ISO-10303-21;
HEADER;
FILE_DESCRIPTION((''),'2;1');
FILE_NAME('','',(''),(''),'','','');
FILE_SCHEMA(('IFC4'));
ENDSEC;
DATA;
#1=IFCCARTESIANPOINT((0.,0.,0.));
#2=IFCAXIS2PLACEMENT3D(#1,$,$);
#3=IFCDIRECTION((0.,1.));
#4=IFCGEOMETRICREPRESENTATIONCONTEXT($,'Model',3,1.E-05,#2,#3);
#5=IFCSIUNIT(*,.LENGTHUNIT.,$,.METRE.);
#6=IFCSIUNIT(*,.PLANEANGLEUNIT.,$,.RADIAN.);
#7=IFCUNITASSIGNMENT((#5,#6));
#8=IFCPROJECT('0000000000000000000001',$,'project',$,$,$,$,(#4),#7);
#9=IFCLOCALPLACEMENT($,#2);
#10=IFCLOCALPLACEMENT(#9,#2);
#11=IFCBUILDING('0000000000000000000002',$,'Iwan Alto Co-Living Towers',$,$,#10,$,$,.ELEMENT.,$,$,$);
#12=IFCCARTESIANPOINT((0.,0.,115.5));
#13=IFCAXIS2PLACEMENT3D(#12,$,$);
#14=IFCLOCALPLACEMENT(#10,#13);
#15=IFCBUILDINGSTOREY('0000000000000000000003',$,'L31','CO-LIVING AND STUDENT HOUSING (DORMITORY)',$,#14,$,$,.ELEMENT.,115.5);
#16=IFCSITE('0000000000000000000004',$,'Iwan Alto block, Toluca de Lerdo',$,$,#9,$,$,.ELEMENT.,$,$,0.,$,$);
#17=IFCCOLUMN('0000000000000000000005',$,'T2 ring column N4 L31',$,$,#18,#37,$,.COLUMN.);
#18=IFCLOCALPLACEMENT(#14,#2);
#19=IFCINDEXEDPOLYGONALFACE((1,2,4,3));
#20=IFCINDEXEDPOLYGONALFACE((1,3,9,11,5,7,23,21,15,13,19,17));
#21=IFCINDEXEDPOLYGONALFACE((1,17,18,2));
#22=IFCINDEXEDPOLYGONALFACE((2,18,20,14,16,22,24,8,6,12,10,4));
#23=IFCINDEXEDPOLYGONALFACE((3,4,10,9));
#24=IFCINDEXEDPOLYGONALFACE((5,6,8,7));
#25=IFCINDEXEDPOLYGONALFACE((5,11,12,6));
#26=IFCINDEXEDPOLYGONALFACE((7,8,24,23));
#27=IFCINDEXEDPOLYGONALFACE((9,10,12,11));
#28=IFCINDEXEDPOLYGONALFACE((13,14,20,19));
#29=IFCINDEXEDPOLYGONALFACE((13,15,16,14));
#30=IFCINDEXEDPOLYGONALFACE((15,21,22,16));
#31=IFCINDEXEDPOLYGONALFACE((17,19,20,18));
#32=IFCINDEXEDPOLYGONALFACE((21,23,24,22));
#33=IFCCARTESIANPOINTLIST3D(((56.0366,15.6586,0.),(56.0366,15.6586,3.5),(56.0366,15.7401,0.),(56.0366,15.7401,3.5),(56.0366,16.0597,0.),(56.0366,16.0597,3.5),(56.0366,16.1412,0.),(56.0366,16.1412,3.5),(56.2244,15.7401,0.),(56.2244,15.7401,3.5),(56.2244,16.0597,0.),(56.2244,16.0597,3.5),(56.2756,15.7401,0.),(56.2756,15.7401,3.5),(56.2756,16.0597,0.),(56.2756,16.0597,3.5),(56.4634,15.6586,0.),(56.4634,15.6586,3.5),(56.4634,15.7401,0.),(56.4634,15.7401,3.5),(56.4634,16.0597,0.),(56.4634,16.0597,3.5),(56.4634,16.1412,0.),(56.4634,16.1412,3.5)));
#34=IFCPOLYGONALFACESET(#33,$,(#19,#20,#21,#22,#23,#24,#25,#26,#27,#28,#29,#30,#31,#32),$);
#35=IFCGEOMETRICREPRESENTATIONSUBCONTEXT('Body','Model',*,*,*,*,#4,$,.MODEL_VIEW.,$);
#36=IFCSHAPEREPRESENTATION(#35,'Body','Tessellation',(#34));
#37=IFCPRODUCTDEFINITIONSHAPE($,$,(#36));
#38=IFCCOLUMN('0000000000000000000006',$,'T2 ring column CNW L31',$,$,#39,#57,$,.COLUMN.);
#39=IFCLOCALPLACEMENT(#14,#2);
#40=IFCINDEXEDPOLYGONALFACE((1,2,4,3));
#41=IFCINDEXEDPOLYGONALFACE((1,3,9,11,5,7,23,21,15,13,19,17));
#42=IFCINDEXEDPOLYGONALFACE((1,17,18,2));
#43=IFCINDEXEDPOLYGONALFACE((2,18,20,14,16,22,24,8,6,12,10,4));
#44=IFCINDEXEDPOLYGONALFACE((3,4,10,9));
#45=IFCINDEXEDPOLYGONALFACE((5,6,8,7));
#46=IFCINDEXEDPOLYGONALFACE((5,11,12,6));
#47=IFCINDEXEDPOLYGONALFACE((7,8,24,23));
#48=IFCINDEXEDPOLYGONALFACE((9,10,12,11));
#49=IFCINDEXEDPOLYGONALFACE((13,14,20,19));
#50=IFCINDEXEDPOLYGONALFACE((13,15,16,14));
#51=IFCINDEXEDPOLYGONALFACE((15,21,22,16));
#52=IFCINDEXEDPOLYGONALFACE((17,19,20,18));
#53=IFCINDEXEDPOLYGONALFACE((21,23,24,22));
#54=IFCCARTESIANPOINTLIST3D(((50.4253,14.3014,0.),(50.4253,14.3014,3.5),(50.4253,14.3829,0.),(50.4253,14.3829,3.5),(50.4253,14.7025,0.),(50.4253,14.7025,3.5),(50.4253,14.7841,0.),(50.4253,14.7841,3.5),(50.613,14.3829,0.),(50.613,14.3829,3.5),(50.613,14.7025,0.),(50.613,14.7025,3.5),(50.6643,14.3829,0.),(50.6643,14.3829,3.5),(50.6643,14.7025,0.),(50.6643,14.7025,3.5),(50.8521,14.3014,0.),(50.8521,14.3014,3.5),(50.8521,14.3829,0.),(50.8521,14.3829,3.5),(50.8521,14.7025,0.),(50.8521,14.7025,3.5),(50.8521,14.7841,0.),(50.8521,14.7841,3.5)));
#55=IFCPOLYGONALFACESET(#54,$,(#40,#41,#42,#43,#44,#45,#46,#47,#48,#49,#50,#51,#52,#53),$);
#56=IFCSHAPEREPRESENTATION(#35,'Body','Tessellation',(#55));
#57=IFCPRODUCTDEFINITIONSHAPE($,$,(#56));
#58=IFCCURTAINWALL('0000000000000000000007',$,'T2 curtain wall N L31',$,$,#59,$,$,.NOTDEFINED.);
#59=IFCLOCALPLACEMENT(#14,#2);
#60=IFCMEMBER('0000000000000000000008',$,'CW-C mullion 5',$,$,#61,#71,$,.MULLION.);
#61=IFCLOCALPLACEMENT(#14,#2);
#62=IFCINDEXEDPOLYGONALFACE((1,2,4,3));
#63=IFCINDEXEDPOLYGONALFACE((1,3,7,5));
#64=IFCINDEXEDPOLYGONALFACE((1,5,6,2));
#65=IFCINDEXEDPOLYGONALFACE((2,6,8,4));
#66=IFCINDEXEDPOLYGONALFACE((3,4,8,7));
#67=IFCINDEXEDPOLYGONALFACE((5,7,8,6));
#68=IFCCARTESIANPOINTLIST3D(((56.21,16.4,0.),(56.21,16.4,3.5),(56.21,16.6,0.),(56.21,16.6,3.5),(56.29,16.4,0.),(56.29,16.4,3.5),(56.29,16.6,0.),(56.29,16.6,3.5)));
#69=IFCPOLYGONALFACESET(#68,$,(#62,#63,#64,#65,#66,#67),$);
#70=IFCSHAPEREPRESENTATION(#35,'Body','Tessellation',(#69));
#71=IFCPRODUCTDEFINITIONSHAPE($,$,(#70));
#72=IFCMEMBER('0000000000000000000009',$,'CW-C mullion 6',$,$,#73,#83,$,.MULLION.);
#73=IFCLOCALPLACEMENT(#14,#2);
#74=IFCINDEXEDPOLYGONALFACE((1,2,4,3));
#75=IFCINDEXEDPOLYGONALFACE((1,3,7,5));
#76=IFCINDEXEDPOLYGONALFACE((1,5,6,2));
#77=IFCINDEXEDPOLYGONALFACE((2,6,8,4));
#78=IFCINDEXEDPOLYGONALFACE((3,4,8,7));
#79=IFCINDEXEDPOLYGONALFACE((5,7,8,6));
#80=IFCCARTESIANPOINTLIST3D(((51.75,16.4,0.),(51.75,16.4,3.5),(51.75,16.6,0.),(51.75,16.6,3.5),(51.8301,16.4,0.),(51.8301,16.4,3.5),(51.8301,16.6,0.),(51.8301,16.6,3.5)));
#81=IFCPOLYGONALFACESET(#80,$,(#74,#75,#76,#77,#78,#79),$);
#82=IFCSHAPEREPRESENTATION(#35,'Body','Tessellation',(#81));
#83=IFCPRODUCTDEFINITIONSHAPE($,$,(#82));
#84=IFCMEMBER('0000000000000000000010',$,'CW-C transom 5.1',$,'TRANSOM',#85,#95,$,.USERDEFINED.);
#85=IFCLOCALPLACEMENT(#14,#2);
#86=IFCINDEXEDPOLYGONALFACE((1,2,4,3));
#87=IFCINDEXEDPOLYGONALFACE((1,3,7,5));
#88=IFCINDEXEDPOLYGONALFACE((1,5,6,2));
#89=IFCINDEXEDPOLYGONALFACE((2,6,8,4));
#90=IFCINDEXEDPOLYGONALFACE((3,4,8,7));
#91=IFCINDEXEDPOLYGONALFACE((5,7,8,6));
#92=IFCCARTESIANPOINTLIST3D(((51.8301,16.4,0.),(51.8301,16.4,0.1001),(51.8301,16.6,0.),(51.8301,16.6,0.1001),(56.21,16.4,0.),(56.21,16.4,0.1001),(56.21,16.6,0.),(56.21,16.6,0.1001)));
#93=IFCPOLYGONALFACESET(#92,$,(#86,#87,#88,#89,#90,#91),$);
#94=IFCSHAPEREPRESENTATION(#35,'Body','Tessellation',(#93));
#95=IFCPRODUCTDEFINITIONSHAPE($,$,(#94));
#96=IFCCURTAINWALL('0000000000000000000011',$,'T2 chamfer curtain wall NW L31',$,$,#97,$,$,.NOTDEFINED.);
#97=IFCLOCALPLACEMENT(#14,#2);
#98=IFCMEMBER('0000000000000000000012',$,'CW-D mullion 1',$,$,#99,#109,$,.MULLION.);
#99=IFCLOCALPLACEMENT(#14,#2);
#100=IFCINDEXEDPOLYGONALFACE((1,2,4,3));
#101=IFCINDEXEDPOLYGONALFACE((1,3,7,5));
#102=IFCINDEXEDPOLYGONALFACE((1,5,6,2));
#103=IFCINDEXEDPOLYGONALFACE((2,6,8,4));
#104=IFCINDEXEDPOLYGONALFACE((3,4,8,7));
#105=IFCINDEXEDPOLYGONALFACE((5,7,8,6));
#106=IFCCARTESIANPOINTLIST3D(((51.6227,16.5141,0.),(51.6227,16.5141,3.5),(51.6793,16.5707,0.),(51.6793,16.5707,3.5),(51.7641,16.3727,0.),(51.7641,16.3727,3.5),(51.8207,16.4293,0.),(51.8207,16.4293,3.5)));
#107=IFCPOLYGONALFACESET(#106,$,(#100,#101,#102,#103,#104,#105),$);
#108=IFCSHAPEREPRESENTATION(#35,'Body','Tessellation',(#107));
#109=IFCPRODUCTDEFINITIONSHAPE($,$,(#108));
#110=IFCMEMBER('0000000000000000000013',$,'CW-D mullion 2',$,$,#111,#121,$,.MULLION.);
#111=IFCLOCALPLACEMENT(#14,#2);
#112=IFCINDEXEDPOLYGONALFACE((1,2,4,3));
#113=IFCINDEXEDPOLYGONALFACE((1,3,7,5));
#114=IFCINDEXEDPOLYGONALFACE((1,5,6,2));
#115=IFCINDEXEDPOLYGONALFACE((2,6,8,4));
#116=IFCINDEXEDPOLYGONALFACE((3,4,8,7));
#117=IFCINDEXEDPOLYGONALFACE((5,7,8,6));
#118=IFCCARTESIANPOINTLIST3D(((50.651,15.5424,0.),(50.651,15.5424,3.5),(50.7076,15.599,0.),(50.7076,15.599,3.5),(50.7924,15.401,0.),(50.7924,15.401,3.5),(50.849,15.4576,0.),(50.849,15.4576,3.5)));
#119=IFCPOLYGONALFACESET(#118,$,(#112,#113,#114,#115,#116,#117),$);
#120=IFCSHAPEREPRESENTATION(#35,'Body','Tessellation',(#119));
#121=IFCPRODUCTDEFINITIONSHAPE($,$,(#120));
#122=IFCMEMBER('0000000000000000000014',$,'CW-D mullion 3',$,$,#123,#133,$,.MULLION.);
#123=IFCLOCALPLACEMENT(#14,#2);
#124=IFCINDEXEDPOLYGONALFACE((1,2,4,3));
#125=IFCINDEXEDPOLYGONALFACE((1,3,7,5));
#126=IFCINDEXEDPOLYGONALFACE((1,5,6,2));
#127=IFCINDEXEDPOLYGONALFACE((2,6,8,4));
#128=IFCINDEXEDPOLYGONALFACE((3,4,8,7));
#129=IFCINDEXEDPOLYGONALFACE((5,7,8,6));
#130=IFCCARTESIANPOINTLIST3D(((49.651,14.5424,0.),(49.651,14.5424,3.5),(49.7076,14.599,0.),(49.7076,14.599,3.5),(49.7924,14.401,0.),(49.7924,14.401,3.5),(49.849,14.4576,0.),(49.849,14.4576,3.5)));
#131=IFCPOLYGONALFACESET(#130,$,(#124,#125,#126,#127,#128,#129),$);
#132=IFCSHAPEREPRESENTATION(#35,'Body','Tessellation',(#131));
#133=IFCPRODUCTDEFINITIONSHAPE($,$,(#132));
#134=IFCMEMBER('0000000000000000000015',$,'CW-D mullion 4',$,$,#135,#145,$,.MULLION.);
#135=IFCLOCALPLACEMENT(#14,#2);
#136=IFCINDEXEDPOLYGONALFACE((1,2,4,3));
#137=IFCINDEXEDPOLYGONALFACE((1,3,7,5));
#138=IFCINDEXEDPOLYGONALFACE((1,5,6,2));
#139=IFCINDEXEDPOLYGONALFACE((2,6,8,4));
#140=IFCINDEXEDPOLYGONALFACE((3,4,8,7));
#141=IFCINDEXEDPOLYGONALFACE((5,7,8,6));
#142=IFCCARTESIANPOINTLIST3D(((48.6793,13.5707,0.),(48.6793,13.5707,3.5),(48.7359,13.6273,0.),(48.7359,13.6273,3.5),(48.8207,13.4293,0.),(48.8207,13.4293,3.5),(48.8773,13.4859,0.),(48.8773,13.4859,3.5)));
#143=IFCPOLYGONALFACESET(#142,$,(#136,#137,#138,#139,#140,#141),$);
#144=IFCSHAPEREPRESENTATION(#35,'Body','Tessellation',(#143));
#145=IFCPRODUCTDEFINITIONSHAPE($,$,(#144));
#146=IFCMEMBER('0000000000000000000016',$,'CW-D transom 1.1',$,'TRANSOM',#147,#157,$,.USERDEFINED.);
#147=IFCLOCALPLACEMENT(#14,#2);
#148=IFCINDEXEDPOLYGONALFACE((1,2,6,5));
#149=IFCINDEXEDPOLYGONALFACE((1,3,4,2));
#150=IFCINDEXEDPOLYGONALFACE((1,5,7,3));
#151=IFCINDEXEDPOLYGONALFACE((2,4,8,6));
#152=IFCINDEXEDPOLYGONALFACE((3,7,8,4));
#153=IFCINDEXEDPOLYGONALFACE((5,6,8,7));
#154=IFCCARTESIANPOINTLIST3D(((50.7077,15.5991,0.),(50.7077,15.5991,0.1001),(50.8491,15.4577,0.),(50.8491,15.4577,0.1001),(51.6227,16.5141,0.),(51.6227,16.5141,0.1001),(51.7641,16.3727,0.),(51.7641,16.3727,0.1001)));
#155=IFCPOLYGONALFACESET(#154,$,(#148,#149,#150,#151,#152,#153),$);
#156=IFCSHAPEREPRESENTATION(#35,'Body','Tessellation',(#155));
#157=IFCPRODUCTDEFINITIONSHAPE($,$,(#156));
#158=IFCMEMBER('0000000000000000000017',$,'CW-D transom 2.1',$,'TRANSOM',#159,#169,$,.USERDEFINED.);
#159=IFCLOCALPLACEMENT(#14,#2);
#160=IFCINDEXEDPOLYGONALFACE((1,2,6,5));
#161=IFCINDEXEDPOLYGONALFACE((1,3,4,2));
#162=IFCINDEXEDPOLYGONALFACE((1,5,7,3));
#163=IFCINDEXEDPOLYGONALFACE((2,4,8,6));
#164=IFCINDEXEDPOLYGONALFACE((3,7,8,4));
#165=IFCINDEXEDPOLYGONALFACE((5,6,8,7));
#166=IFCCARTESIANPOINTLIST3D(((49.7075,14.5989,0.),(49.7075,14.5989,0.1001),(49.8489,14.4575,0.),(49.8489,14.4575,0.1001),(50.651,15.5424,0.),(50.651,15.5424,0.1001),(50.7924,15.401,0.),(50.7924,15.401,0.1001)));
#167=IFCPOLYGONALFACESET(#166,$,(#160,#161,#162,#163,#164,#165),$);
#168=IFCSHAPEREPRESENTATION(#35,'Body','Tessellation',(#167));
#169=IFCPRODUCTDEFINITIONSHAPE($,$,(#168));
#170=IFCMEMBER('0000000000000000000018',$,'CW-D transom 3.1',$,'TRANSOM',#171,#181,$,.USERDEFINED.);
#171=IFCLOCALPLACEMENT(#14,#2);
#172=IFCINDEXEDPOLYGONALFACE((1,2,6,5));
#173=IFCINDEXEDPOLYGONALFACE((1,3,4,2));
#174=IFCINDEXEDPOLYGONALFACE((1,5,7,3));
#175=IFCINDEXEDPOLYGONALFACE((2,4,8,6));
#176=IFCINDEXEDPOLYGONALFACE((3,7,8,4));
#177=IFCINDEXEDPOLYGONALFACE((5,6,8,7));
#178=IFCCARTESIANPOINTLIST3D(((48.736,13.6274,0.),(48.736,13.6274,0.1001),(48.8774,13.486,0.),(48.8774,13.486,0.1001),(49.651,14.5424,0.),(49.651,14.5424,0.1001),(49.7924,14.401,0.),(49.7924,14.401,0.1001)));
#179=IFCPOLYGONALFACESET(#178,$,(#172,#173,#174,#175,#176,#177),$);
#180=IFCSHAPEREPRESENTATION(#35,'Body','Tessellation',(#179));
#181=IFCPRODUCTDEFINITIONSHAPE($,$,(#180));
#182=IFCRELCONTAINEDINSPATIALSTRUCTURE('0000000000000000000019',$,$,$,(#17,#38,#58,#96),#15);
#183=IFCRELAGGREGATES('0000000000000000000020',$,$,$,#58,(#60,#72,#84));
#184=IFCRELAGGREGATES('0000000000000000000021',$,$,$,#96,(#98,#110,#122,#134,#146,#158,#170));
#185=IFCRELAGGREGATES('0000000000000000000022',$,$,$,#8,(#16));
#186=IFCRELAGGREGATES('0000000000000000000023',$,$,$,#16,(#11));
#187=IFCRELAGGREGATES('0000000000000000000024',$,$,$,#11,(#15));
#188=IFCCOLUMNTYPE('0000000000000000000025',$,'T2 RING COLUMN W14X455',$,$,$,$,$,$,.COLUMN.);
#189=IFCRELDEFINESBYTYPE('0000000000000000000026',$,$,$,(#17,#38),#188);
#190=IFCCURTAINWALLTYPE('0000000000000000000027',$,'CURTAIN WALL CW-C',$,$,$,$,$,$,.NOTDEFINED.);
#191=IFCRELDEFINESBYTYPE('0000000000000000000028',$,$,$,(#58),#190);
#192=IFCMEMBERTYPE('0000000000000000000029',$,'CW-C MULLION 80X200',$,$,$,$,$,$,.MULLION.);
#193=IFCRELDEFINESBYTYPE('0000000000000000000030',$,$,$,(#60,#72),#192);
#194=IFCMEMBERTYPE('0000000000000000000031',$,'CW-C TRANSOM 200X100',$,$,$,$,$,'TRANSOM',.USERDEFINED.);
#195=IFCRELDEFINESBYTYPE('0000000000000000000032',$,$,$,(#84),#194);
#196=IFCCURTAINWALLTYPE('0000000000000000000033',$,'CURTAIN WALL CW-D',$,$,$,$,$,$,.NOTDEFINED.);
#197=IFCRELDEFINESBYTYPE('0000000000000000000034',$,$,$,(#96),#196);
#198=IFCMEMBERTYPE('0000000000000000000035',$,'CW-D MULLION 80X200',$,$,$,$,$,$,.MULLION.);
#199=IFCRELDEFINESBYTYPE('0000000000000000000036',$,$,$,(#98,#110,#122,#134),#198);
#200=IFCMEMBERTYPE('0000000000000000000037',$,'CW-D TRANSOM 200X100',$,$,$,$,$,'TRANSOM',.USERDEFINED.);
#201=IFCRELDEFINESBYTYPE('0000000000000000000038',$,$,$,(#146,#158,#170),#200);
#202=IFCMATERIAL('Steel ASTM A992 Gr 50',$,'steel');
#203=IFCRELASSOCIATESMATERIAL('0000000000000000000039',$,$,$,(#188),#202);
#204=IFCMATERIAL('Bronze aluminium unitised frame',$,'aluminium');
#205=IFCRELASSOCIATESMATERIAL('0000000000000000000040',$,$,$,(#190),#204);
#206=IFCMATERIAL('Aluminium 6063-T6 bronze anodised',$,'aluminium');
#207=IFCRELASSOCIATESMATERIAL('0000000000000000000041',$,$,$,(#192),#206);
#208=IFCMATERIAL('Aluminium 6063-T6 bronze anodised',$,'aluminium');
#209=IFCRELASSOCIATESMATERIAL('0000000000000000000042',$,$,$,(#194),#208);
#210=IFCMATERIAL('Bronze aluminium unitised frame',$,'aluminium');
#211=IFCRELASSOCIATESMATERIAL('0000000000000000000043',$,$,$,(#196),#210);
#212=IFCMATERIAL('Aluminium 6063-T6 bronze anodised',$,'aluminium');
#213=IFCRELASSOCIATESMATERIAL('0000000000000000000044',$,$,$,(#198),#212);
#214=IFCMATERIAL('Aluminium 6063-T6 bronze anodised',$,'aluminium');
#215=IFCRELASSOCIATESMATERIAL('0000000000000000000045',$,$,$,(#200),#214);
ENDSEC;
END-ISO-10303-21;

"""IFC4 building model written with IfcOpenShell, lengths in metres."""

from ifc_helpers import new_model, si_unit, direction, frame, origin, origin_2d, place, context, subcontext, project, spatial, rectangle, i_section, extrude, material, material_profile, profile_set, type_object, element, aggregate, save


model = new_model("IFC4")

# Units and contexts
model_context = context("Model", 3, precision=1e-05, world=origin(), true_north=direction((0.0, 1.0)))
body_context = subcontext(model_context, "Body", "Model", "MODEL_VIEW")
ifc_project = project(units=[si_unit("LENGTHUNIT", "METRE"), si_unit("PLANEANGLEUNIT", "RADIAN")], contexts=[model_context])

# Site, building, storey
site_placement = place(None, origin())
site = spatial("IfcSite", under=ifc_project, at=site_placement, Name="Iwan Alto block, Toluca de Lerdo", CompositionType="ELEMENT", RefElevation=0.0)
building_placement = place(site_placement, origin())
building = spatial("IfcBuilding", under=site, at=building_placement, Name="Iwan Alto Co-Living Towers", CompositionType="ELEMENT")
storey_placement = place(building_placement, frame((0.0, 0.0, 115.5)))
storey = spatial("IfcBuildingStorey", under=building, at=storey_placement, Name="L31", Description="CO-LIVING AND STUDENT HOUSING (DORMITORY)", CompositionType="ELEMENT", Elevation=115.5)

# Columns
ifc_material_1 = material(Name="Steel ASTM A992 Gr 50", Category="steel")
ifc_material_profile_1 = material_profile(ifc_material_1, i_section(OverallWidth=0.4268, OverallDepth=0.4827, WebThickness=0.0513, FlangeThickness=0.0815, at=origin_2d()), Name="W14X455")
ifc_profile_set_1 = profile_set([ifc_material_profile_1], Name="Steel ASTM A992 Gr 50")
column_type = type_object("IfcColumnType", Name="T2 RING COLUMN W14X455", PredefinedType="COLUMN", material=ifc_profile_set_1)
for number, where, z_axis, x_axis, name in (
    (1, (56.25, 15.8999, 0.0), (0.0, 0.0, 1.0), (1.0, 0.0, 0.0), "T2 ring column N4 L31"),
    (2, (50.6387, 14.5427, 0.0), (0.0, 0.0, 1.0), (1.0, 0.0, 0.0), "T2 ring column CNW L31"),
):
    element("IfcColumn", number, at=place(storey_placement, frame(where, z_axis=z_axis, x_axis=x_axis)), inside=storey, type_object=column_type, Name=name, PredefinedType="COLUMN", context=body_context, shape_type="SweptSolid", body=[
        extrude(i_section(OverallWidth=0.4268, OverallDepth=0.4827, WebThickness=0.0513, FlangeThickness=0.0815, at=origin_2d()), origin(), (0.0, 0.0, 1.0), 3.5),
    ])

# Curtain walls, members
ifc_material_2 = material(Name="Bronze aluminium unitised frame", Category="aluminium")
curtain_wall_type_1 = type_object("IfcCurtainWallType", Name="CURTAIN WALL CW-C", PredefinedType="NOTDEFINED", material=ifc_material_2)
curtain_wall_1_placement = place(storey_placement, origin())
curtain_wall_1 = element("IfcCurtainWall", 3, at=curtain_wall_1_placement, inside=storey, type_object=curtain_wall_type_1, Name="T2 curtain wall N L31", PredefinedType="NOTDEFINED")
ifc_material_3 = material(Name="Aluminium 6063-T6 bronze anodised", Category="aluminium")
ifc_material_profile_2 = material_profile(ifc_material_3, rectangle(XDim=0.2, YDim=0.0801, at=origin_2d()), Name="AL 80X200")
ifc_profile_set_2 = profile_set([ifc_material_profile_2], Name="Aluminium 6063-T6 bronze anodised")
member_type_1 = type_object("IfcMemberType", Name="CW-C MULLION 80X200", PredefinedType="MULLION", material=ifc_profile_set_2)
member_1_placement = place(storey_placement, frame((56.25, 16.5, 0.0), z_axis=(0.0, 0.0, 1.0), x_axis=(0.0, -1.0, 0.0)))
member_1 = element("IfcMember", 4, at=member_1_placement, type_object=member_type_1, Name="CW-C mullion 5", PredefinedType="MULLION", context=body_context, shape_type="SweptSolid", body=[
    extrude(rectangle(XDim=0.2, YDim=0.0801, at=origin_2d()), origin(), (0.0, 0.0, 1.0), 3.5),
])
member_2_placement = place(storey_placement, frame((51.79, 16.5, 0.0), z_axis=(0.0, 0.0, 1.0), x_axis=(0.0, -1.0, 0.0)))
member_2 = element("IfcMember", 5, at=member_2_placement, type_object=member_type_1, Name="CW-C mullion 6", PredefinedType="MULLION", context=body_context, shape_type="SweptSolid", body=[
    extrude(rectangle(XDim=0.2, YDim=0.0801, at=origin_2d()), origin(), (0.0, 0.0, 1.0), 3.5),
])
ifc_material_4 = material(Name="Aluminium 6063-T6 bronze anodised", Category="aluminium")
ifc_material_profile_3 = material_profile(ifc_material_4, rectangle(XDim=0.2, YDim=0.1001, at=origin_2d()), Name="AL 200X100")
ifc_profile_set_3 = profile_set([ifc_material_profile_3], Name="Aluminium 6063-T6 bronze anodised")
member_type_2 = type_object("IfcMemberType", Name="CW-C TRANSOM 200X100", ElementType="TRANSOM", PredefinedType="USERDEFINED", material=ifc_profile_set_3)
member_3_placement = place(storey_placement, frame((56.21, 16.5, 0.05), z_axis=(-1.0, 0.0, 0.0), x_axis=(0.0, -1.0, 0.0)))
member_3 = element("IfcMember", 6, at=member_3_placement, type_object=member_type_2, Name="CW-C transom 5.1", ObjectType="TRANSOM", PredefinedType="USERDEFINED", context=body_context, shape_type="SweptSolid", body=[
    extrude(rectangle(XDim=0.2, YDim=0.1001, at=origin_2d()), origin(), (0.0, 0.0, 1.0), 4.3799),
])
ifc_material_5 = material(Name="Bronze aluminium unitised frame", Category="aluminium")
curtain_wall_type_2 = type_object("IfcCurtainWallType", Name="CURTAIN WALL CW-D", PredefinedType="NOTDEFINED", material=ifc_material_5)
curtain_wall_2_placement = place(storey_placement, origin())
curtain_wall_2 = element("IfcCurtainWall", 7, at=curtain_wall_2_placement, inside=storey, type_object=curtain_wall_type_2, Name="T2 chamfer curtain wall NW L31", PredefinedType="NOTDEFINED")
ifc_material_6 = material(Name="Aluminium 6063-T6 bronze anodised", Category="aluminium")
ifc_material_profile_4 = material_profile(ifc_material_6, rectangle(XDim=0.2, YDim=0.0801, at=origin_2d()), Name="AL 80X200")
ifc_profile_set_4 = profile_set([ifc_material_profile_4], Name="Aluminium 6063-T6 bronze anodised")
member_type_3 = type_object("IfcMemberType", Name="CW-D MULLION 80X200", PredefinedType="MULLION", material=ifc_profile_set_4)
member_4_placement = place(storey_placement, frame((51.7217, 16.4717, 0.0), z_axis=(0.0, 0.0, 1.0), x_axis=(0.707107, -0.707107, 0.0)))
member_4 = element("IfcMember", 8, at=member_4_placement, type_object=member_type_3, Name="CW-D mullion 1", PredefinedType="MULLION", context=body_context, shape_type="SweptSolid", body=[
    extrude(rectangle(XDim=0.2, YDim=0.0801, at=origin_2d()), origin(), (0.0, 0.0, 1.0), 3.5),
])
member_5_placement = place(storey_placement, frame((50.75, 15.5, 0.0), z_axis=(0.0, 0.0, 1.0), x_axis=(0.707107, -0.707107, 0.0)))
member_5 = element("IfcMember", 9, at=member_5_placement, type_object=member_type_3, Name="CW-D mullion 2", PredefinedType="MULLION", context=body_context, shape_type="SweptSolid", body=[
    extrude(rectangle(XDim=0.2, YDim=0.0801, at=origin_2d()), origin(), (0.0, 0.0, 1.0), 3.5),
])
member_6_placement = place(storey_placement, frame((49.75, 14.5, 0.0), z_axis=(0.0, 0.0, 1.0), x_axis=(0.707107, -0.707107, 0.0)))
member_6 = element("IfcMember", 10, at=member_6_placement, type_object=member_type_3, Name="CW-D mullion 3", PredefinedType="MULLION", context=body_context, shape_type="SweptSolid", body=[
    extrude(rectangle(XDim=0.2, YDim=0.0801, at=origin_2d()), origin(), (0.0, 0.0, 1.0), 3.5),
])
member_7_placement = place(storey_placement, frame((48.7783, 13.5283, 0.0), z_axis=(0.0, 0.0, 1.0), x_axis=(0.707107, -0.707107, 0.0)))
member_7 = element("IfcMember", 11, at=member_7_placement, type_object=member_type_3, Name="CW-D mullion 4", PredefinedType="MULLION", context=body_context, shape_type="SweptSolid", body=[
    extrude(rectangle(XDim=0.2, YDim=0.0801, at=origin_2d()), origin(), (0.0, 0.0, 1.0), 3.5),
])
ifc_material_7 = material(Name="Aluminium 6063-T6 bronze anodised", Category="aluminium")
ifc_material_profile_5 = material_profile(ifc_material_7, rectangle(XDim=0.2, YDim=0.1001, at=origin_2d()), Name="AL 200X100")
ifc_profile_set_5 = profile_set([ifc_material_profile_5], Name="Aluminium 6063-T6 bronze anodised")
member_type_4 = type_object("IfcMemberType", Name="CW-D TRANSOM 200X100", ElementType="TRANSOM", PredefinedType="USERDEFINED", material=ifc_profile_set_5)
member_8_placement = place(storey_placement, frame((51.6934, 16.4434, 0.05), z_axis=(-0.707107, -0.707107, 0.0), x_axis=(0.707107, -0.707107, 0.0)))
member_8 = element("IfcMember", 12, at=member_8_placement, type_object=member_type_4, Name="CW-D transom 1.1", ObjectType="TRANSOM", PredefinedType="USERDEFINED", context=body_context, shape_type="SweptSolid", body=[
    extrude(rectangle(XDim=0.2, YDim=0.1001, at=origin_2d()), origin(), (0.0, 0.0, 1.0), 1.2939),
])
member_9_placement = place(storey_placement, frame((50.7217, 15.4717, 0.05), z_axis=(-0.707107, -0.707107, 0.0), x_axis=(0.707107, -0.707107, 0.0)))
member_9 = element("IfcMember", 13, at=member_9_placement, type_object=member_type_4, Name="CW-D transom 2.1", ObjectType="TRANSOM", PredefinedType="USERDEFINED", context=body_context, shape_type="SweptSolid", body=[
    extrude(rectangle(XDim=0.2, YDim=0.1001, at=origin_2d()), origin(), (0.0, 0.0, 1.0), 1.3342),
])
member_10_placement = place(storey_placement, frame((49.7217, 14.4717, 0.05), z_axis=(-0.707107, -0.707107, 0.0), x_axis=(0.707107, -0.707107, 0.0)))
member_10 = element("IfcMember", 14, at=member_10_placement, type_object=member_type_4, Name="CW-D transom 3.1", ObjectType="TRANSOM", PredefinedType="USERDEFINED", context=body_context, shape_type="SweptSolid", body=[
    extrude(rectangle(XDim=0.2, YDim=0.1001, at=origin_2d()), origin(), (0.0, 0.0, 1.0), 1.2939),
])

aggregate(curtain_wall_1, [member_1, member_2, member_3])
aggregate(curtain_wall_2, [member_4, member_5, member_6, member_7, member_8, member_9, member_10])

save(model, "model.ifc")
